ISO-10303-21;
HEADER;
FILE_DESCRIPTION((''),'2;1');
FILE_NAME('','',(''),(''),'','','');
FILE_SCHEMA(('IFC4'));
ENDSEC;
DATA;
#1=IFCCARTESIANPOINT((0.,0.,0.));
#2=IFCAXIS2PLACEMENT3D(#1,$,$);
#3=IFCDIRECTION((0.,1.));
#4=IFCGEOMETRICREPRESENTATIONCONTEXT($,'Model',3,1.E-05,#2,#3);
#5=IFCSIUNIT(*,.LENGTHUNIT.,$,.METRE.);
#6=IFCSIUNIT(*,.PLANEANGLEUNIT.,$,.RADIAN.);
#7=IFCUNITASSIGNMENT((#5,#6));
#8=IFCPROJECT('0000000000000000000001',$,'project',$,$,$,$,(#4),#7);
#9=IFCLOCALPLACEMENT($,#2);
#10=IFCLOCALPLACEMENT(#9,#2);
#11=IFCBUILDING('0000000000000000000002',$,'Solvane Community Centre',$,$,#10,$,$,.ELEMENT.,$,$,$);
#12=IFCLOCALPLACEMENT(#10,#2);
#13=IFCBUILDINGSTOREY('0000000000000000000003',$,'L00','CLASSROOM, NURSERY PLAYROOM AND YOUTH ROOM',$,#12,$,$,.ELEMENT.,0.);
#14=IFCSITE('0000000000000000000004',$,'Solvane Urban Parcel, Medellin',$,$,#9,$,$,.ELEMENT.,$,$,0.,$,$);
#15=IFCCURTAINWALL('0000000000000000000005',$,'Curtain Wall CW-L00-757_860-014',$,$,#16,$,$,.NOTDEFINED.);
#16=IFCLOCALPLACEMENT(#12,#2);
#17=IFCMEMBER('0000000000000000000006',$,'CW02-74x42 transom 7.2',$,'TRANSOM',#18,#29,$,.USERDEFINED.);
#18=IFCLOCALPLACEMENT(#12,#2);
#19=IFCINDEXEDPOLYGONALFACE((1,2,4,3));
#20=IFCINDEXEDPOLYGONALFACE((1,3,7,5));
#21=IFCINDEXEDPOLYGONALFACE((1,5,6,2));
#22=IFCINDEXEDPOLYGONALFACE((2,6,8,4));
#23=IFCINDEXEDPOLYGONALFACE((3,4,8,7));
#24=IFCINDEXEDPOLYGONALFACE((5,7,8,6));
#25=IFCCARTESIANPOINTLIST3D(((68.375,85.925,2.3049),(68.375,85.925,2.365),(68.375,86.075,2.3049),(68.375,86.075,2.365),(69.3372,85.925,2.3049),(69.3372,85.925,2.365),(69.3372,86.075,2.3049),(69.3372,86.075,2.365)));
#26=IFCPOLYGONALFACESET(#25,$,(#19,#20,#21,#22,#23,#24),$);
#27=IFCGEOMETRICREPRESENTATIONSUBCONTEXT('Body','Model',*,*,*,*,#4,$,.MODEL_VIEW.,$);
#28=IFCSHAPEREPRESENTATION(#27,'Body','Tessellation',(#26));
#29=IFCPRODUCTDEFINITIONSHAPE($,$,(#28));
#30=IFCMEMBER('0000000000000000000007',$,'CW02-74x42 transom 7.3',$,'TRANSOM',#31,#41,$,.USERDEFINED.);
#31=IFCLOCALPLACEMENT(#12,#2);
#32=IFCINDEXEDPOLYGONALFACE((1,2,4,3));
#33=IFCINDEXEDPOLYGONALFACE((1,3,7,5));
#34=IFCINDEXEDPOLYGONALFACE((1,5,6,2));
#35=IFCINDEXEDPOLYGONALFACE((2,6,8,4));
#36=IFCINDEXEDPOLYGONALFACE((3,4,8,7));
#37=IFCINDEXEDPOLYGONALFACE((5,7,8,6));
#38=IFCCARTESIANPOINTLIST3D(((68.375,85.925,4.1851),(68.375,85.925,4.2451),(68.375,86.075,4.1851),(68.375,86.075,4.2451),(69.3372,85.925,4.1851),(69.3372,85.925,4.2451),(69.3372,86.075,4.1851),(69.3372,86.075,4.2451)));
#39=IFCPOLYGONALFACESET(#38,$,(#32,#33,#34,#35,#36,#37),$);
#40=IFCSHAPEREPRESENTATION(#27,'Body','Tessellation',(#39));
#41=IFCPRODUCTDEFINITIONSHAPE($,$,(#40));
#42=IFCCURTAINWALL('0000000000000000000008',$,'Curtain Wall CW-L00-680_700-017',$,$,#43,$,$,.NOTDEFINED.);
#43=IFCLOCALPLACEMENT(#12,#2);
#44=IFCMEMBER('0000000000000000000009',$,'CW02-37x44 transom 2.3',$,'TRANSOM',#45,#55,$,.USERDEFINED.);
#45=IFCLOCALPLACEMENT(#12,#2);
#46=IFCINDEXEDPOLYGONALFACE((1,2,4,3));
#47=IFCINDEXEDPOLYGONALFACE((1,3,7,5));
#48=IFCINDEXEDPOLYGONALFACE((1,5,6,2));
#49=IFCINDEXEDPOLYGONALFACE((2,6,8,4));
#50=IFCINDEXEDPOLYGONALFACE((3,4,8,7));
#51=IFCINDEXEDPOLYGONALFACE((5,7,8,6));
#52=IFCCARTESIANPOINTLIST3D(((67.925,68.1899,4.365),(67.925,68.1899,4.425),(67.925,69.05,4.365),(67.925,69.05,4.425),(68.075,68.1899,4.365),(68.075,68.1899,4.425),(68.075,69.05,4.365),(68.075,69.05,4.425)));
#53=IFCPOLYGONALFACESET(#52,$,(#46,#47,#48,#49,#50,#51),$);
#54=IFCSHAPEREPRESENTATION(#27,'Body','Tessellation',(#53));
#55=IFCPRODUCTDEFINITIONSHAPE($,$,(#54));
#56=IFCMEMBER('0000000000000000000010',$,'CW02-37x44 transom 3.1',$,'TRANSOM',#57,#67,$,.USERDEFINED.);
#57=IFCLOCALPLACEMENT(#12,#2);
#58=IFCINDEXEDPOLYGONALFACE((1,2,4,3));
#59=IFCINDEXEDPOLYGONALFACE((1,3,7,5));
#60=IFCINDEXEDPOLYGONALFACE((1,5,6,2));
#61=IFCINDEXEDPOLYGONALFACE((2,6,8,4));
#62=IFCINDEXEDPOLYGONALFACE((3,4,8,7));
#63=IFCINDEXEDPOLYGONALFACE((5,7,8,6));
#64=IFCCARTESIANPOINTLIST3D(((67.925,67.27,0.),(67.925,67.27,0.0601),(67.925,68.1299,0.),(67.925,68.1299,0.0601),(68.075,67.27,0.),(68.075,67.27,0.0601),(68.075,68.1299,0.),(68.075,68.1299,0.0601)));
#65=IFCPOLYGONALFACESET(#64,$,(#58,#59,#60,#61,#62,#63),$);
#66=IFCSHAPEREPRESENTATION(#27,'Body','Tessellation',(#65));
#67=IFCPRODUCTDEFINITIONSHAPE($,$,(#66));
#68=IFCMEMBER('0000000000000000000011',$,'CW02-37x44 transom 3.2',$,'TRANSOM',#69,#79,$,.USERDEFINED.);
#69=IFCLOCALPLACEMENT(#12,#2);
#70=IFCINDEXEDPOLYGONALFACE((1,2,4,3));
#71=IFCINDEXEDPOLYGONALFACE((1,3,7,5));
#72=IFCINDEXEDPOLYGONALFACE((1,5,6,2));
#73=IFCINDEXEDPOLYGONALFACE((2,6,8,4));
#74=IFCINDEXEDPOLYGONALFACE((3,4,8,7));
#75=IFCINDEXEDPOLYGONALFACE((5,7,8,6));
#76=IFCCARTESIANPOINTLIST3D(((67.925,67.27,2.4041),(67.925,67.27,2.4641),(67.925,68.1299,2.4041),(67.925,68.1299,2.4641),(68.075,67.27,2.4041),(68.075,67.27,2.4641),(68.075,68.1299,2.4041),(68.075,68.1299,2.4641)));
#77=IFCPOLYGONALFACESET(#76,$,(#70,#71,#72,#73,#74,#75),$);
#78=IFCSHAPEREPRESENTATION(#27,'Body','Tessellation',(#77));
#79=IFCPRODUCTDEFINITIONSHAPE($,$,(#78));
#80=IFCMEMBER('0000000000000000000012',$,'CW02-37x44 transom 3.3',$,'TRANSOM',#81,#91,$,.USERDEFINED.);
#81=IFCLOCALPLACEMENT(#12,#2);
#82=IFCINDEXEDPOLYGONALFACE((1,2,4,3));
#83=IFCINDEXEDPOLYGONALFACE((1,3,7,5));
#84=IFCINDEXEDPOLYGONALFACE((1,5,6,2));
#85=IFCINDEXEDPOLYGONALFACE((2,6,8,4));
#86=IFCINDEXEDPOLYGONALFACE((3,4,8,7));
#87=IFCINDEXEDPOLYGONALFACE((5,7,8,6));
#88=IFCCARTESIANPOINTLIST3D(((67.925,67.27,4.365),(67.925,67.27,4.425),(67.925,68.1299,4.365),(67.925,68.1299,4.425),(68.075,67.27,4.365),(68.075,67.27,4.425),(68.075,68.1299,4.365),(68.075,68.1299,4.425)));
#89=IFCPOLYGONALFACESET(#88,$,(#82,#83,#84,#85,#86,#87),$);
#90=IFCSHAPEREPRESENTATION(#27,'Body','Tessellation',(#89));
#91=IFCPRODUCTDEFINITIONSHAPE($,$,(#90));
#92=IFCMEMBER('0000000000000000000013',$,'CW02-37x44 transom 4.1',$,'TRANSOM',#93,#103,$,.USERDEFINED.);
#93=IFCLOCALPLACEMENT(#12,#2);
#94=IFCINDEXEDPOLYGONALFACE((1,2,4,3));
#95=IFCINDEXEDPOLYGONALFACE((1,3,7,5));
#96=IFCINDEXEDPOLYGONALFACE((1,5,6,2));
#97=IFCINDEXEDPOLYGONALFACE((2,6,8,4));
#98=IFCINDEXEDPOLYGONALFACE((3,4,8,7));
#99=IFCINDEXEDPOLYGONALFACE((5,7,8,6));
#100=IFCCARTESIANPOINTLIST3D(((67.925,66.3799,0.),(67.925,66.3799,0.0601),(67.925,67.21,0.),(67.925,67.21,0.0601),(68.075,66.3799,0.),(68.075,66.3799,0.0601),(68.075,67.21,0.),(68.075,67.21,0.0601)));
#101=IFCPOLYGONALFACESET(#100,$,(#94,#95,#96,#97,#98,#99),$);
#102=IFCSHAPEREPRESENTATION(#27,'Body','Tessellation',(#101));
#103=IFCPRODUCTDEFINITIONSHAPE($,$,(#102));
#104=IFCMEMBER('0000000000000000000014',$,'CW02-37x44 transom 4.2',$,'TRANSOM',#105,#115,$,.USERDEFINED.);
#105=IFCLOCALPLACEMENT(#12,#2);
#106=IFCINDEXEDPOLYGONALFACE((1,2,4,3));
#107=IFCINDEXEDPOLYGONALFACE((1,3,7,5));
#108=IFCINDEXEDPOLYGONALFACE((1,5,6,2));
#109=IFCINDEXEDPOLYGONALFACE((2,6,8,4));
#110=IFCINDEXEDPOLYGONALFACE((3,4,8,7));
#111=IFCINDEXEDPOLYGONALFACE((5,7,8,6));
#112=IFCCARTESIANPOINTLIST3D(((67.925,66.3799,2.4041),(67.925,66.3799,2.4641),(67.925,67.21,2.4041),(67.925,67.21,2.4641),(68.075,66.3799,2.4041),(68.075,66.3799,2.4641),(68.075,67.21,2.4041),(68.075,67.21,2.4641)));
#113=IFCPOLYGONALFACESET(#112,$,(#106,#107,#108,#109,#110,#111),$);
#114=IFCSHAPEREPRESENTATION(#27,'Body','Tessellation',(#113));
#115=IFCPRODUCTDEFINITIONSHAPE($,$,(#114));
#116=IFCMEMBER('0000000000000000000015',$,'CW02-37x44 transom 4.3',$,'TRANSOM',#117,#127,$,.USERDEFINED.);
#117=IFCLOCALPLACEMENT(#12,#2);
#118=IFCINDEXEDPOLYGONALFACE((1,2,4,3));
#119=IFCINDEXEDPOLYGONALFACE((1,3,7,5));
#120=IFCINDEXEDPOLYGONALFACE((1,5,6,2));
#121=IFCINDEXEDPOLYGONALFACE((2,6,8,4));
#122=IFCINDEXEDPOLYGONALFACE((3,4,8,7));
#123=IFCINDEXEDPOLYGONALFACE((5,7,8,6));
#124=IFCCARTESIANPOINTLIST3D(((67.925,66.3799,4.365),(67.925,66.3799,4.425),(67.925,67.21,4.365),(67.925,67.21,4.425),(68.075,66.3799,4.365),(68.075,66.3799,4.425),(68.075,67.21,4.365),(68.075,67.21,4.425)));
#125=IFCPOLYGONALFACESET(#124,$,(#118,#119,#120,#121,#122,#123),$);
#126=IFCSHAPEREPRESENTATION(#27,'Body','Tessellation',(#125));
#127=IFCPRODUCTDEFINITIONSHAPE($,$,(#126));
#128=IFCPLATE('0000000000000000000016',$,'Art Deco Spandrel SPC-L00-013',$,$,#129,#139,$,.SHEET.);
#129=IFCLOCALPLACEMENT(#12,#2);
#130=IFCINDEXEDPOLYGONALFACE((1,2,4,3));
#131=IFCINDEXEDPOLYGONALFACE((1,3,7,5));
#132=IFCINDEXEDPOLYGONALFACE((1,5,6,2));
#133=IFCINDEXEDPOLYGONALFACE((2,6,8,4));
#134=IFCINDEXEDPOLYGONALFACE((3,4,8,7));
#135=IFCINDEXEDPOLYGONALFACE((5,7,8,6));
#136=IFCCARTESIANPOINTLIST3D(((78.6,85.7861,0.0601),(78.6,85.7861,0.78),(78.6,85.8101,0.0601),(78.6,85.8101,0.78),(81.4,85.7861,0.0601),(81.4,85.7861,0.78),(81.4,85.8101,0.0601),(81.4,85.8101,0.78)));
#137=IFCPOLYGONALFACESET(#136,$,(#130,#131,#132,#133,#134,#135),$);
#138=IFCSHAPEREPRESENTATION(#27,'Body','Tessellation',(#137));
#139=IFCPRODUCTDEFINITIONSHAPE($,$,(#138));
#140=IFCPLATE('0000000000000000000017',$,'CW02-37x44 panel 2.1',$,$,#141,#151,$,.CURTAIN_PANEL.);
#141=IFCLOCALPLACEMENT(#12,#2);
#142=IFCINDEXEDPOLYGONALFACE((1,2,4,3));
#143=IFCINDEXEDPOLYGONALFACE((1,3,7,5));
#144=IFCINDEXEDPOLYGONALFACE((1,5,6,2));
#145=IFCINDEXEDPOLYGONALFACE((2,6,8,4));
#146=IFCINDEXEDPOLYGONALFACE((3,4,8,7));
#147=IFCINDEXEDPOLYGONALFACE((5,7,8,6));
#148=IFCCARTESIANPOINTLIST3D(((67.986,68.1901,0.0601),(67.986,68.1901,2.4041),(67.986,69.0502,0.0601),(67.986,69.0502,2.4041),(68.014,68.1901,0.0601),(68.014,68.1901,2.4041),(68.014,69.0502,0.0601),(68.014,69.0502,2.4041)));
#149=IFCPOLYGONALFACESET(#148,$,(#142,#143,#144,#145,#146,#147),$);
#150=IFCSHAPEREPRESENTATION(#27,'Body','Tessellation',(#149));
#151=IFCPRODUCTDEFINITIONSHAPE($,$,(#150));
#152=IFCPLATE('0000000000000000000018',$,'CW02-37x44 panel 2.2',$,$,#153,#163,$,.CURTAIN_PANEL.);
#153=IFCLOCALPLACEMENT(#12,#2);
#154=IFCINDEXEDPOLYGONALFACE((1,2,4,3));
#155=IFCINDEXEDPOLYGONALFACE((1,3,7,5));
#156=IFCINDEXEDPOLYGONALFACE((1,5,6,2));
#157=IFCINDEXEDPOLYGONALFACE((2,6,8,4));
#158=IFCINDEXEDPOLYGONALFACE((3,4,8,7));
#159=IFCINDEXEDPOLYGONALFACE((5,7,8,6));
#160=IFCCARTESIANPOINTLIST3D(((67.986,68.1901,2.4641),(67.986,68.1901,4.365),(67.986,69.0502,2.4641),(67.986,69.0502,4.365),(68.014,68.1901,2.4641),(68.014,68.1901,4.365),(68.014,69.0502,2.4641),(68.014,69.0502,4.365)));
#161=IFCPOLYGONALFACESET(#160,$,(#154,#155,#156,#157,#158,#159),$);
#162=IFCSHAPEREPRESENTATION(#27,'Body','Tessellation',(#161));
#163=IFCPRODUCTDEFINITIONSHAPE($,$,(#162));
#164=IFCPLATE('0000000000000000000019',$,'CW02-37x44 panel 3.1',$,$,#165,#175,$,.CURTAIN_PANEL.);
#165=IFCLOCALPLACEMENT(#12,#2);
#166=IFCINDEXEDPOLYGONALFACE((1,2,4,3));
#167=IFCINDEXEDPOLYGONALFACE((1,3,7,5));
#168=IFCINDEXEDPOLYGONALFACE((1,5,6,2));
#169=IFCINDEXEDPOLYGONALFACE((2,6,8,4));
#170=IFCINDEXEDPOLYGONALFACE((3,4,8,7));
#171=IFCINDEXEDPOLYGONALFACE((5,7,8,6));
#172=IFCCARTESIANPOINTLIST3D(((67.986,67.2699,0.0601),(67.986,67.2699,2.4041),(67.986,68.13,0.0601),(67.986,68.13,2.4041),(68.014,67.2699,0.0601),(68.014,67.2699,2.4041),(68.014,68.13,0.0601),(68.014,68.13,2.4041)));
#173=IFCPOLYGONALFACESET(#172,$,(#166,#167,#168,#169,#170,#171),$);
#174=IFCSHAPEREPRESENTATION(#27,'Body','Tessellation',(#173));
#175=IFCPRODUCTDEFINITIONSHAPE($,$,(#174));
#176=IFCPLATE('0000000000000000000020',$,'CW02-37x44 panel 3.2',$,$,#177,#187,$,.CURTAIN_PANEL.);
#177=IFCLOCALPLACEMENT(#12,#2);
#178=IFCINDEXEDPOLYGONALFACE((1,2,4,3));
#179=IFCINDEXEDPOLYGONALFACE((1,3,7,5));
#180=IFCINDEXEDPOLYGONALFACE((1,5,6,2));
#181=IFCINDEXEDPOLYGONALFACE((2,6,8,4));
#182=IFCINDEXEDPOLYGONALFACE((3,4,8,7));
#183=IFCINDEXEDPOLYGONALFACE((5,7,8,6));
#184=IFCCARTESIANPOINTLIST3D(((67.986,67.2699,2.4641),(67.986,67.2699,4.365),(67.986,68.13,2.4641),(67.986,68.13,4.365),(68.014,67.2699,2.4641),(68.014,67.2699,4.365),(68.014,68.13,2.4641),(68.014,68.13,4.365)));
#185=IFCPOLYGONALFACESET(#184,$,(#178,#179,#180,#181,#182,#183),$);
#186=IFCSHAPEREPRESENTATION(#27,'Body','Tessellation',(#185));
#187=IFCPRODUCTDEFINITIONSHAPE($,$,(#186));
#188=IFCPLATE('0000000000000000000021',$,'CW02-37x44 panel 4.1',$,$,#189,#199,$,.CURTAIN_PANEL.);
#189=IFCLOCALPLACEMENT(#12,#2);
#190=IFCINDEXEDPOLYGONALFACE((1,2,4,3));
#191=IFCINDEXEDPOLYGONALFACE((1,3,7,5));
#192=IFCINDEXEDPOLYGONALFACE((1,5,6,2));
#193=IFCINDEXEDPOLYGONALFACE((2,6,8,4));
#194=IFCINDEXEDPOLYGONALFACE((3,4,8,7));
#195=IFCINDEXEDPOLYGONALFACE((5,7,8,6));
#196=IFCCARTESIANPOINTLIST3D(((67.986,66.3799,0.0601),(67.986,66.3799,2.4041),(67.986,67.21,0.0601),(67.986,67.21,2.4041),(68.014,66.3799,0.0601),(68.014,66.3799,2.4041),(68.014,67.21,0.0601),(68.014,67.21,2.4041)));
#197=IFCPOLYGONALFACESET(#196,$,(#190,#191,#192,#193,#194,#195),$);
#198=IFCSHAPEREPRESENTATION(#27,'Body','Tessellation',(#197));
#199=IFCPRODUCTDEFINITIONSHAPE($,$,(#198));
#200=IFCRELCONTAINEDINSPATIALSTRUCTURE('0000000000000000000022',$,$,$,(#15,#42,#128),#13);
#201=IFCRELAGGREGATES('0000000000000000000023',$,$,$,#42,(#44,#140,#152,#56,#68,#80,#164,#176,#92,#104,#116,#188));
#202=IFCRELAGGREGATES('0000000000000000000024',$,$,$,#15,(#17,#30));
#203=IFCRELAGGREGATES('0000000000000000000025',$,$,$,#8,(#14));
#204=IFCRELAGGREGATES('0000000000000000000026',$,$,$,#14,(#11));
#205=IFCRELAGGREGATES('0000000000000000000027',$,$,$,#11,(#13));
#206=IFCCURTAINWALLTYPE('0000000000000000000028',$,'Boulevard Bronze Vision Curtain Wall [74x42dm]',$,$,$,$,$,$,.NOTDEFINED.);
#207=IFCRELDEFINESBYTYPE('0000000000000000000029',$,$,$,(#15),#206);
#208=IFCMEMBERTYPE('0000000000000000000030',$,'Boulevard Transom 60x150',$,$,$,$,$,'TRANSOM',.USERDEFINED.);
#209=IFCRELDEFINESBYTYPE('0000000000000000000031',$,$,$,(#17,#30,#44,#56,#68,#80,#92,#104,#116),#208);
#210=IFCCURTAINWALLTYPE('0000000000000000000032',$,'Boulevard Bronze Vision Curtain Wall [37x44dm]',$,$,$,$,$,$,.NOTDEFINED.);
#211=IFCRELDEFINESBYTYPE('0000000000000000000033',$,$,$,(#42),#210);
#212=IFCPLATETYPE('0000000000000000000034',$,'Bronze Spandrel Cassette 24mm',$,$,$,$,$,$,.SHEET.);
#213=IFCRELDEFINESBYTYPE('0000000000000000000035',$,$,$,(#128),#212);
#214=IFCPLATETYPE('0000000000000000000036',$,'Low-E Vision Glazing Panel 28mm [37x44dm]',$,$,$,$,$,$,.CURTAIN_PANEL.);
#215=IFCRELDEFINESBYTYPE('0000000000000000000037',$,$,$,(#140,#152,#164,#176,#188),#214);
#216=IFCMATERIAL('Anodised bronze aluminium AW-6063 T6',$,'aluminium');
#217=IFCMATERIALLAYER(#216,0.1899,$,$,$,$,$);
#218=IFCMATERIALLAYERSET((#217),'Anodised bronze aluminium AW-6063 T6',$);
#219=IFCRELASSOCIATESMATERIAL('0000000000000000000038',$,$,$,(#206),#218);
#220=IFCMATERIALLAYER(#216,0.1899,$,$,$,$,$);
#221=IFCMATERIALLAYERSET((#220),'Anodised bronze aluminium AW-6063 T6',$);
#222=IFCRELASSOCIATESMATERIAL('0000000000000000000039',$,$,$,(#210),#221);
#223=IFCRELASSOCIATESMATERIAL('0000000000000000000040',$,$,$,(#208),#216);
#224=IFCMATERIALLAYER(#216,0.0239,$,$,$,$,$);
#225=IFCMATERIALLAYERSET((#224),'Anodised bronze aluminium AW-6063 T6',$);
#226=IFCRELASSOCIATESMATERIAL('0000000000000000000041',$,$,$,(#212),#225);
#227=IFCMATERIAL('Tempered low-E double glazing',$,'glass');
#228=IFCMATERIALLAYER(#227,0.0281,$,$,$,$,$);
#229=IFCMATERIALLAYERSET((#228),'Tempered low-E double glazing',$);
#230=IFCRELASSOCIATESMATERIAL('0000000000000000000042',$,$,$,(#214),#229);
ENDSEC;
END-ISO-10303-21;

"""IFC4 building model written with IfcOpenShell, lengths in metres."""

from ifc_helpers import new_model, si_unit, direction, frame, origin, origin_2d, place, context, subcontext, project, spatial, rectangle, extrude, material, layer, layer_set, material_profile, profile_set, type_object, element, aggregate, save


model = new_model("IFC4")

# Units and contexts
model_context = context("Model", 3, precision=1e-05, world=origin(), true_north=direction((0.0, 1.0)))
body_context = subcontext(model_context, "Body", "Model", "MODEL_VIEW")
ifc_project = project(units=[si_unit("LENGTHUNIT", "METRE"), si_unit("PLANEANGLEUNIT", "RADIAN")], contexts=[model_context])

# Site, building, storey
site_placement = place(None, origin())
site = spatial("IfcSite", under=ifc_project, at=site_placement, Name="Solvane Urban Parcel, Medellin", CompositionType="ELEMENT", RefElevation=0.0)
building_placement = place(site_placement, origin())
building = spatial("IfcBuilding", under=site, at=building_placement, Name="Solvane Community Centre", CompositionType="ELEMENT")
storey_placement = place(building_placement, origin())
storey = spatial("IfcBuildingStorey", under=building, at=storey_placement, Name="L00", Description="CLASSROOM, NURSERY PLAYROOM AND YOUTH ROOM", CompositionType="ELEMENT", Elevation=0.0)

# Curtain wall
ifc_material_1 = material(Name="Anodised bronze aluminium AW-6063 T6", Category="aluminium")
ifc_layer_1 = layer(ifc_material_1, 0.1899)
ifc_layer_set_1 = layer_set([ifc_layer_1], Name="Anodised bronze aluminium AW-6063 T6")
curtain_wall_type_1 = type_object("IfcCurtainWallType", Name="Boulevard Bronze Vision Curtain Wall [74x42dm]", PredefinedType="NOTDEFINED", material=ifc_layer_set_1)
curtain_wall_1_placement = place(storey_placement, origin())
curtain_wall_1 = element("IfcCurtainWall", 1, at=curtain_wall_1_placement, inside=storey, type_object=curtain_wall_type_1, Name="Curtain Wall CW-L00-757_860-014", PredefinedType="NOTDEFINED")

# Shared definitions
ifc_layer_2 = layer(ifc_material_1, 0.1899)
ifc_layer_set_2 = layer_set([ifc_layer_2], Name="Anodised bronze aluminium AW-6063 T6")
curtain_wall_type_2 = type_object("IfcCurtainWallType", Name="Boulevard Bronze Vision Curtain Wall [37x44dm]", PredefinedType="NOTDEFINED", material=ifc_layer_set_2)

# Members
ifc_material_profile_1 = material_profile(ifc_material_1, rectangle(XDim=0.1499, YDim=0.0601, at=origin_2d()), Name="CW-T 60x150")
ifc_profile_set_1 = profile_set([ifc_material_profile_1], Name="Anodised bronze aluminium AW-6063 T6")
member_type_1 = type_object("IfcMemberType", Name="Boulevard Transom 60x150", ElementType="TRANSOM", PredefinedType="USERDEFINED", material=ifc_profile_set_1)
member_1_placement = place(storey_placement, frame((69.3372, 86.0, 2.335), z_axis=(-1.0, 0.0, 0.0), x_axis=(0.0, -1.0, 0.0)))
member_1 = element("IfcMember", 2, at=member_1_placement, type_object=member_type_1, Name="CW02-74x42 transom 7.2", ObjectType="TRANSOM", PredefinedType="USERDEFINED", context=body_context, shape_type="SweptSolid", body=[
    extrude(rectangle(XDim=0.1499, YDim=0.0601, at=origin_2d()), origin(), (0.0, 0.0, 1.0), 0.9622),
])
member_2_placement = place(storey_placement, frame((69.3372, 86.0, 4.2151), z_axis=(-1.0, 0.0, 0.0), x_axis=(0.0, -1.0, 0.0)))
member_2 = element("IfcMember", 3, at=member_2_placement, type_object=member_type_1, Name="CW02-74x42 transom 7.3", ObjectType="TRANSOM", PredefinedType="USERDEFINED", context=body_context, shape_type="SweptSolid", body=[
    extrude(rectangle(XDim=0.1499, YDim=0.0601, at=origin_2d()), origin(), (0.0, 0.0, 1.0), 0.9622),
])

# Curtain wall, members
curtain_wall_2_placement = place(storey_placement, origin())
curtain_wall_2 = element("IfcCurtainWall", 4, at=curtain_wall_2_placement, inside=storey, type_object=curtain_wall_type_2, Name="Curtain Wall CW-L00-680_700-017", PredefinedType="NOTDEFINED")
member_3_placement = place(storey_placement, frame((68.0, 69.05, 4.395), z_axis=(0.0, -1.0, 0.0), x_axis=(1.0, 0.0, 0.0)))
member_3 = element("IfcMember", 5, at=member_3_placement, type_object=member_type_1, Name="CW02-37x44 transom 2.3", ObjectType="TRANSOM", PredefinedType="USERDEFINED", context=body_context, shape_type="SweptSolid", body=[
    extrude(rectangle(XDim=0.1499, YDim=0.0601, at=origin_2d()), origin(), (0.0, 0.0, 1.0), 0.8601),
])
member_4_placement = place(storey_placement, frame((68.0, 68.1299, 0.03), z_axis=(0.0, -1.0, 0.0), x_axis=(1.0, 0.0, 0.0)))
member_4 = element("IfcMember", 6, at=member_4_placement, type_object=member_type_1, Name="CW02-37x44 transom 3.1", ObjectType="TRANSOM", PredefinedType="USERDEFINED", context=body_context, shape_type="SweptSolid", body=[
    extrude(rectangle(XDim=0.1499, YDim=0.0601, at=origin_2d()), origin(), (0.0, 0.0, 1.0), 0.8599),
])
member_5_placement = place(storey_placement, frame((68.0, 68.1299, 2.4341), z_axis=(0.0, -1.0, 0.0), x_axis=(1.0, 0.0, 0.0)))
member_5 = element("IfcMember", 7, at=member_5_placement, type_object=member_type_1, Name="CW02-37x44 transom 3.2", ObjectType="TRANSOM", PredefinedType="USERDEFINED", context=body_context, shape_type="SweptSolid", body=[
    extrude(rectangle(XDim=0.1499, YDim=0.0601, at=origin_2d()), origin(), (0.0, 0.0, 1.0), 0.8599),
])
member_6_placement = place(storey_placement, frame((68.0, 68.1299, 4.395), z_axis=(0.0, -1.0, 0.0), x_axis=(1.0, 0.0, 0.0)))
member_6 = element("IfcMember", 8, at=member_6_placement, type_object=member_type_1, Name="CW02-37x44 transom 3.3", ObjectType="TRANSOM", PredefinedType="USERDEFINED", context=body_context, shape_type="SweptSolid", body=[
    extrude(rectangle(XDim=0.1499, YDim=0.0601, at=origin_2d()), origin(), (0.0, 0.0, 1.0), 0.8599),
])
member_7_placement = place(storey_placement, frame((68.0, 67.21, 0.03), z_axis=(0.0, -1.0, 0.0), x_axis=(1.0, 0.0, 0.0)))
member_7 = element("IfcMember", 9, at=member_7_placement, type_object=member_type_1, Name="CW02-37x44 transom 4.1", ObjectType="TRANSOM", PredefinedType="USERDEFINED", context=body_context, shape_type="SweptSolid", body=[
    extrude(rectangle(XDim=0.1499, YDim=0.0601, at=origin_2d()), origin(), (0.0, 0.0, 1.0), 0.8301),
])
member_8_placement = place(storey_placement, frame((68.0, 67.21, 2.4341), z_axis=(0.0, -1.0, 0.0), x_axis=(1.0, 0.0, 0.0)))
member_8 = element("IfcMember", 10, at=member_8_placement, type_object=member_type_1, Name="CW02-37x44 transom 4.2", ObjectType="TRANSOM", PredefinedType="USERDEFINED", context=body_context, shape_type="SweptSolid", body=[
    extrude(rectangle(XDim=0.1499, YDim=0.0601, at=origin_2d()), origin(), (0.0, 0.0, 1.0), 0.8301),
])
member_9_placement = place(storey_placement, frame((68.0, 67.21, 4.395), z_axis=(0.0, -1.0, 0.0), x_axis=(1.0, 0.0, 0.0)))
member_9 = element("IfcMember", 11, at=member_9_placement, type_object=member_type_1, Name="CW02-37x44 transom 4.3", ObjectType="TRANSOM", PredefinedType="USERDEFINED", context=body_context, shape_type="SweptSolid", body=[
    extrude(rectangle(XDim=0.1499, YDim=0.0601, at=origin_2d()), origin(), (0.0, 0.0, 1.0), 0.8301),
])

# Plates
ifc_layer_3 = layer(ifc_material_1, 0.0239)
ifc_layer_set_3 = layer_set([ifc_layer_3], Name="Anodised bronze aluminium AW-6063 T6")
plate_type_1 = type_object("IfcPlateType", Name="Bronze Spandrel Cassette 24mm", PredefinedType="SHEET", material=ifc_layer_set_3)
plate_1_placement = place(storey_placement, frame((80.0, 85.7981, 0.0601), z_axis=(0.0, 0.0, 1.0), x_axis=(-1.0, 0.0, 0.0)))
element("IfcPlate", 12, at=plate_1_placement, inside=storey, type_object=plate_type_1, Name="Art Deco Spandrel SPC-L00-013", PredefinedType="SHEET", context=body_context, shape_type="SweptSolid", body=[
    extrude(rectangle(XDim=2.8, YDim=0.0239, at=origin_2d()), origin(), (0.0, 0.0, 1.0), 0.72),
])
ifc_material_2 = material(Name="Tempered low-E double glazing", Category="glass")
ifc_layer_4 = layer(ifc_material_2, 0.0281)
ifc_layer_set_4 = layer_set([ifc_layer_4], Name="Tempered low-E double glazing")
plate_type_2 = type_object("IfcPlateType", Name="Low-E Vision Glazing Panel 28mm [37x44dm]", PredefinedType="CURTAIN_PANEL", material=ifc_layer_set_4)
plate_2_placement = place(storey_placement, frame((68.0, 68.6201, 0.0601), z_axis=(0.0, 0.0, 1.0), x_axis=(0.0, -1.0, 0.0)))
plate_2 = element("IfcPlate", 13, at=plate_2_placement, type_object=plate_type_2, Name="CW02-37x44 panel 2.1", PredefinedType="CURTAIN_PANEL", context=body_context, shape_type="SweptSolid", body=[
    extrude(rectangle(XDim=0.8601, YDim=0.0281, at=origin_2d()), origin(), (0.0, 0.0, 1.0), 2.344),
])
plate_3_placement = place(storey_placement, frame((68.0, 68.6201, 2.4641), z_axis=(0.0, 0.0, 1.0), x_axis=(0.0, -1.0, 0.0)))
plate_3 = element("IfcPlate", 14, at=plate_3_placement, type_object=plate_type_2, Name="CW02-37x44 panel 2.2", PredefinedType="CURTAIN_PANEL", context=body_context, shape_type="SweptSolid", body=[
    extrude(rectangle(XDim=0.8601, YDim=0.0281, at=origin_2d()), origin(), (0.0, 0.0, 1.0), 1.9009),
])
plate_4_placement = place(storey_placement, frame((68.0, 67.7, 0.0601), z_axis=(0.0, 0.0, 1.0), x_axis=(0.0, -1.0, 0.0)))
plate_4 = element("IfcPlate", 15, at=plate_4_placement, type_object=plate_type_2, Name="CW02-37x44 panel 3.1", PredefinedType="CURTAIN_PANEL", context=body_context, shape_type="SweptSolid", body=[
    extrude(rectangle(XDim=0.8601, YDim=0.0281, at=origin_2d()), origin(), (0.0, 0.0, 1.0), 2.344),
])
plate_5_placement = place(storey_placement, frame((68.0, 67.7, 2.4641), z_axis=(0.0, 0.0, 1.0), x_axis=(0.0, -1.0, 0.0)))
plate_5 = element("IfcPlate", 16, at=plate_5_placement, type_object=plate_type_2, Name="CW02-37x44 panel 3.2", PredefinedType="CURTAIN_PANEL", context=body_context, shape_type="SweptSolid", body=[
    extrude(rectangle(XDim=0.8601, YDim=0.0281, at=origin_2d()), origin(), (0.0, 0.0, 1.0), 1.9009),
])
plate_6_placement = place(storey_placement, frame((68.0, 66.7949, 0.0601), z_axis=(0.0, 0.0, 1.0), x_axis=(0.0, -1.0, 0.0)))
plate_6 = element("IfcPlate", 17, at=plate_6_placement, type_object=plate_type_2, Name="CW02-37x44 panel 4.1", PredefinedType="CURTAIN_PANEL", context=body_context, shape_type="SweptSolid", body=[
    extrude(rectangle(XDim=0.8301, YDim=0.0281, at=origin_2d()), origin(), (0.0, 0.0, 1.0), 2.344),
])
aggregate(curtain_wall_2, [member_3, plate_2, plate_3, member_4, member_5, member_6, plate_4, plate_5, member_7, member_8, member_9, plate_6])
aggregate(curtain_wall_1, [member_1, member_2])

save(model, "model.ifc")
